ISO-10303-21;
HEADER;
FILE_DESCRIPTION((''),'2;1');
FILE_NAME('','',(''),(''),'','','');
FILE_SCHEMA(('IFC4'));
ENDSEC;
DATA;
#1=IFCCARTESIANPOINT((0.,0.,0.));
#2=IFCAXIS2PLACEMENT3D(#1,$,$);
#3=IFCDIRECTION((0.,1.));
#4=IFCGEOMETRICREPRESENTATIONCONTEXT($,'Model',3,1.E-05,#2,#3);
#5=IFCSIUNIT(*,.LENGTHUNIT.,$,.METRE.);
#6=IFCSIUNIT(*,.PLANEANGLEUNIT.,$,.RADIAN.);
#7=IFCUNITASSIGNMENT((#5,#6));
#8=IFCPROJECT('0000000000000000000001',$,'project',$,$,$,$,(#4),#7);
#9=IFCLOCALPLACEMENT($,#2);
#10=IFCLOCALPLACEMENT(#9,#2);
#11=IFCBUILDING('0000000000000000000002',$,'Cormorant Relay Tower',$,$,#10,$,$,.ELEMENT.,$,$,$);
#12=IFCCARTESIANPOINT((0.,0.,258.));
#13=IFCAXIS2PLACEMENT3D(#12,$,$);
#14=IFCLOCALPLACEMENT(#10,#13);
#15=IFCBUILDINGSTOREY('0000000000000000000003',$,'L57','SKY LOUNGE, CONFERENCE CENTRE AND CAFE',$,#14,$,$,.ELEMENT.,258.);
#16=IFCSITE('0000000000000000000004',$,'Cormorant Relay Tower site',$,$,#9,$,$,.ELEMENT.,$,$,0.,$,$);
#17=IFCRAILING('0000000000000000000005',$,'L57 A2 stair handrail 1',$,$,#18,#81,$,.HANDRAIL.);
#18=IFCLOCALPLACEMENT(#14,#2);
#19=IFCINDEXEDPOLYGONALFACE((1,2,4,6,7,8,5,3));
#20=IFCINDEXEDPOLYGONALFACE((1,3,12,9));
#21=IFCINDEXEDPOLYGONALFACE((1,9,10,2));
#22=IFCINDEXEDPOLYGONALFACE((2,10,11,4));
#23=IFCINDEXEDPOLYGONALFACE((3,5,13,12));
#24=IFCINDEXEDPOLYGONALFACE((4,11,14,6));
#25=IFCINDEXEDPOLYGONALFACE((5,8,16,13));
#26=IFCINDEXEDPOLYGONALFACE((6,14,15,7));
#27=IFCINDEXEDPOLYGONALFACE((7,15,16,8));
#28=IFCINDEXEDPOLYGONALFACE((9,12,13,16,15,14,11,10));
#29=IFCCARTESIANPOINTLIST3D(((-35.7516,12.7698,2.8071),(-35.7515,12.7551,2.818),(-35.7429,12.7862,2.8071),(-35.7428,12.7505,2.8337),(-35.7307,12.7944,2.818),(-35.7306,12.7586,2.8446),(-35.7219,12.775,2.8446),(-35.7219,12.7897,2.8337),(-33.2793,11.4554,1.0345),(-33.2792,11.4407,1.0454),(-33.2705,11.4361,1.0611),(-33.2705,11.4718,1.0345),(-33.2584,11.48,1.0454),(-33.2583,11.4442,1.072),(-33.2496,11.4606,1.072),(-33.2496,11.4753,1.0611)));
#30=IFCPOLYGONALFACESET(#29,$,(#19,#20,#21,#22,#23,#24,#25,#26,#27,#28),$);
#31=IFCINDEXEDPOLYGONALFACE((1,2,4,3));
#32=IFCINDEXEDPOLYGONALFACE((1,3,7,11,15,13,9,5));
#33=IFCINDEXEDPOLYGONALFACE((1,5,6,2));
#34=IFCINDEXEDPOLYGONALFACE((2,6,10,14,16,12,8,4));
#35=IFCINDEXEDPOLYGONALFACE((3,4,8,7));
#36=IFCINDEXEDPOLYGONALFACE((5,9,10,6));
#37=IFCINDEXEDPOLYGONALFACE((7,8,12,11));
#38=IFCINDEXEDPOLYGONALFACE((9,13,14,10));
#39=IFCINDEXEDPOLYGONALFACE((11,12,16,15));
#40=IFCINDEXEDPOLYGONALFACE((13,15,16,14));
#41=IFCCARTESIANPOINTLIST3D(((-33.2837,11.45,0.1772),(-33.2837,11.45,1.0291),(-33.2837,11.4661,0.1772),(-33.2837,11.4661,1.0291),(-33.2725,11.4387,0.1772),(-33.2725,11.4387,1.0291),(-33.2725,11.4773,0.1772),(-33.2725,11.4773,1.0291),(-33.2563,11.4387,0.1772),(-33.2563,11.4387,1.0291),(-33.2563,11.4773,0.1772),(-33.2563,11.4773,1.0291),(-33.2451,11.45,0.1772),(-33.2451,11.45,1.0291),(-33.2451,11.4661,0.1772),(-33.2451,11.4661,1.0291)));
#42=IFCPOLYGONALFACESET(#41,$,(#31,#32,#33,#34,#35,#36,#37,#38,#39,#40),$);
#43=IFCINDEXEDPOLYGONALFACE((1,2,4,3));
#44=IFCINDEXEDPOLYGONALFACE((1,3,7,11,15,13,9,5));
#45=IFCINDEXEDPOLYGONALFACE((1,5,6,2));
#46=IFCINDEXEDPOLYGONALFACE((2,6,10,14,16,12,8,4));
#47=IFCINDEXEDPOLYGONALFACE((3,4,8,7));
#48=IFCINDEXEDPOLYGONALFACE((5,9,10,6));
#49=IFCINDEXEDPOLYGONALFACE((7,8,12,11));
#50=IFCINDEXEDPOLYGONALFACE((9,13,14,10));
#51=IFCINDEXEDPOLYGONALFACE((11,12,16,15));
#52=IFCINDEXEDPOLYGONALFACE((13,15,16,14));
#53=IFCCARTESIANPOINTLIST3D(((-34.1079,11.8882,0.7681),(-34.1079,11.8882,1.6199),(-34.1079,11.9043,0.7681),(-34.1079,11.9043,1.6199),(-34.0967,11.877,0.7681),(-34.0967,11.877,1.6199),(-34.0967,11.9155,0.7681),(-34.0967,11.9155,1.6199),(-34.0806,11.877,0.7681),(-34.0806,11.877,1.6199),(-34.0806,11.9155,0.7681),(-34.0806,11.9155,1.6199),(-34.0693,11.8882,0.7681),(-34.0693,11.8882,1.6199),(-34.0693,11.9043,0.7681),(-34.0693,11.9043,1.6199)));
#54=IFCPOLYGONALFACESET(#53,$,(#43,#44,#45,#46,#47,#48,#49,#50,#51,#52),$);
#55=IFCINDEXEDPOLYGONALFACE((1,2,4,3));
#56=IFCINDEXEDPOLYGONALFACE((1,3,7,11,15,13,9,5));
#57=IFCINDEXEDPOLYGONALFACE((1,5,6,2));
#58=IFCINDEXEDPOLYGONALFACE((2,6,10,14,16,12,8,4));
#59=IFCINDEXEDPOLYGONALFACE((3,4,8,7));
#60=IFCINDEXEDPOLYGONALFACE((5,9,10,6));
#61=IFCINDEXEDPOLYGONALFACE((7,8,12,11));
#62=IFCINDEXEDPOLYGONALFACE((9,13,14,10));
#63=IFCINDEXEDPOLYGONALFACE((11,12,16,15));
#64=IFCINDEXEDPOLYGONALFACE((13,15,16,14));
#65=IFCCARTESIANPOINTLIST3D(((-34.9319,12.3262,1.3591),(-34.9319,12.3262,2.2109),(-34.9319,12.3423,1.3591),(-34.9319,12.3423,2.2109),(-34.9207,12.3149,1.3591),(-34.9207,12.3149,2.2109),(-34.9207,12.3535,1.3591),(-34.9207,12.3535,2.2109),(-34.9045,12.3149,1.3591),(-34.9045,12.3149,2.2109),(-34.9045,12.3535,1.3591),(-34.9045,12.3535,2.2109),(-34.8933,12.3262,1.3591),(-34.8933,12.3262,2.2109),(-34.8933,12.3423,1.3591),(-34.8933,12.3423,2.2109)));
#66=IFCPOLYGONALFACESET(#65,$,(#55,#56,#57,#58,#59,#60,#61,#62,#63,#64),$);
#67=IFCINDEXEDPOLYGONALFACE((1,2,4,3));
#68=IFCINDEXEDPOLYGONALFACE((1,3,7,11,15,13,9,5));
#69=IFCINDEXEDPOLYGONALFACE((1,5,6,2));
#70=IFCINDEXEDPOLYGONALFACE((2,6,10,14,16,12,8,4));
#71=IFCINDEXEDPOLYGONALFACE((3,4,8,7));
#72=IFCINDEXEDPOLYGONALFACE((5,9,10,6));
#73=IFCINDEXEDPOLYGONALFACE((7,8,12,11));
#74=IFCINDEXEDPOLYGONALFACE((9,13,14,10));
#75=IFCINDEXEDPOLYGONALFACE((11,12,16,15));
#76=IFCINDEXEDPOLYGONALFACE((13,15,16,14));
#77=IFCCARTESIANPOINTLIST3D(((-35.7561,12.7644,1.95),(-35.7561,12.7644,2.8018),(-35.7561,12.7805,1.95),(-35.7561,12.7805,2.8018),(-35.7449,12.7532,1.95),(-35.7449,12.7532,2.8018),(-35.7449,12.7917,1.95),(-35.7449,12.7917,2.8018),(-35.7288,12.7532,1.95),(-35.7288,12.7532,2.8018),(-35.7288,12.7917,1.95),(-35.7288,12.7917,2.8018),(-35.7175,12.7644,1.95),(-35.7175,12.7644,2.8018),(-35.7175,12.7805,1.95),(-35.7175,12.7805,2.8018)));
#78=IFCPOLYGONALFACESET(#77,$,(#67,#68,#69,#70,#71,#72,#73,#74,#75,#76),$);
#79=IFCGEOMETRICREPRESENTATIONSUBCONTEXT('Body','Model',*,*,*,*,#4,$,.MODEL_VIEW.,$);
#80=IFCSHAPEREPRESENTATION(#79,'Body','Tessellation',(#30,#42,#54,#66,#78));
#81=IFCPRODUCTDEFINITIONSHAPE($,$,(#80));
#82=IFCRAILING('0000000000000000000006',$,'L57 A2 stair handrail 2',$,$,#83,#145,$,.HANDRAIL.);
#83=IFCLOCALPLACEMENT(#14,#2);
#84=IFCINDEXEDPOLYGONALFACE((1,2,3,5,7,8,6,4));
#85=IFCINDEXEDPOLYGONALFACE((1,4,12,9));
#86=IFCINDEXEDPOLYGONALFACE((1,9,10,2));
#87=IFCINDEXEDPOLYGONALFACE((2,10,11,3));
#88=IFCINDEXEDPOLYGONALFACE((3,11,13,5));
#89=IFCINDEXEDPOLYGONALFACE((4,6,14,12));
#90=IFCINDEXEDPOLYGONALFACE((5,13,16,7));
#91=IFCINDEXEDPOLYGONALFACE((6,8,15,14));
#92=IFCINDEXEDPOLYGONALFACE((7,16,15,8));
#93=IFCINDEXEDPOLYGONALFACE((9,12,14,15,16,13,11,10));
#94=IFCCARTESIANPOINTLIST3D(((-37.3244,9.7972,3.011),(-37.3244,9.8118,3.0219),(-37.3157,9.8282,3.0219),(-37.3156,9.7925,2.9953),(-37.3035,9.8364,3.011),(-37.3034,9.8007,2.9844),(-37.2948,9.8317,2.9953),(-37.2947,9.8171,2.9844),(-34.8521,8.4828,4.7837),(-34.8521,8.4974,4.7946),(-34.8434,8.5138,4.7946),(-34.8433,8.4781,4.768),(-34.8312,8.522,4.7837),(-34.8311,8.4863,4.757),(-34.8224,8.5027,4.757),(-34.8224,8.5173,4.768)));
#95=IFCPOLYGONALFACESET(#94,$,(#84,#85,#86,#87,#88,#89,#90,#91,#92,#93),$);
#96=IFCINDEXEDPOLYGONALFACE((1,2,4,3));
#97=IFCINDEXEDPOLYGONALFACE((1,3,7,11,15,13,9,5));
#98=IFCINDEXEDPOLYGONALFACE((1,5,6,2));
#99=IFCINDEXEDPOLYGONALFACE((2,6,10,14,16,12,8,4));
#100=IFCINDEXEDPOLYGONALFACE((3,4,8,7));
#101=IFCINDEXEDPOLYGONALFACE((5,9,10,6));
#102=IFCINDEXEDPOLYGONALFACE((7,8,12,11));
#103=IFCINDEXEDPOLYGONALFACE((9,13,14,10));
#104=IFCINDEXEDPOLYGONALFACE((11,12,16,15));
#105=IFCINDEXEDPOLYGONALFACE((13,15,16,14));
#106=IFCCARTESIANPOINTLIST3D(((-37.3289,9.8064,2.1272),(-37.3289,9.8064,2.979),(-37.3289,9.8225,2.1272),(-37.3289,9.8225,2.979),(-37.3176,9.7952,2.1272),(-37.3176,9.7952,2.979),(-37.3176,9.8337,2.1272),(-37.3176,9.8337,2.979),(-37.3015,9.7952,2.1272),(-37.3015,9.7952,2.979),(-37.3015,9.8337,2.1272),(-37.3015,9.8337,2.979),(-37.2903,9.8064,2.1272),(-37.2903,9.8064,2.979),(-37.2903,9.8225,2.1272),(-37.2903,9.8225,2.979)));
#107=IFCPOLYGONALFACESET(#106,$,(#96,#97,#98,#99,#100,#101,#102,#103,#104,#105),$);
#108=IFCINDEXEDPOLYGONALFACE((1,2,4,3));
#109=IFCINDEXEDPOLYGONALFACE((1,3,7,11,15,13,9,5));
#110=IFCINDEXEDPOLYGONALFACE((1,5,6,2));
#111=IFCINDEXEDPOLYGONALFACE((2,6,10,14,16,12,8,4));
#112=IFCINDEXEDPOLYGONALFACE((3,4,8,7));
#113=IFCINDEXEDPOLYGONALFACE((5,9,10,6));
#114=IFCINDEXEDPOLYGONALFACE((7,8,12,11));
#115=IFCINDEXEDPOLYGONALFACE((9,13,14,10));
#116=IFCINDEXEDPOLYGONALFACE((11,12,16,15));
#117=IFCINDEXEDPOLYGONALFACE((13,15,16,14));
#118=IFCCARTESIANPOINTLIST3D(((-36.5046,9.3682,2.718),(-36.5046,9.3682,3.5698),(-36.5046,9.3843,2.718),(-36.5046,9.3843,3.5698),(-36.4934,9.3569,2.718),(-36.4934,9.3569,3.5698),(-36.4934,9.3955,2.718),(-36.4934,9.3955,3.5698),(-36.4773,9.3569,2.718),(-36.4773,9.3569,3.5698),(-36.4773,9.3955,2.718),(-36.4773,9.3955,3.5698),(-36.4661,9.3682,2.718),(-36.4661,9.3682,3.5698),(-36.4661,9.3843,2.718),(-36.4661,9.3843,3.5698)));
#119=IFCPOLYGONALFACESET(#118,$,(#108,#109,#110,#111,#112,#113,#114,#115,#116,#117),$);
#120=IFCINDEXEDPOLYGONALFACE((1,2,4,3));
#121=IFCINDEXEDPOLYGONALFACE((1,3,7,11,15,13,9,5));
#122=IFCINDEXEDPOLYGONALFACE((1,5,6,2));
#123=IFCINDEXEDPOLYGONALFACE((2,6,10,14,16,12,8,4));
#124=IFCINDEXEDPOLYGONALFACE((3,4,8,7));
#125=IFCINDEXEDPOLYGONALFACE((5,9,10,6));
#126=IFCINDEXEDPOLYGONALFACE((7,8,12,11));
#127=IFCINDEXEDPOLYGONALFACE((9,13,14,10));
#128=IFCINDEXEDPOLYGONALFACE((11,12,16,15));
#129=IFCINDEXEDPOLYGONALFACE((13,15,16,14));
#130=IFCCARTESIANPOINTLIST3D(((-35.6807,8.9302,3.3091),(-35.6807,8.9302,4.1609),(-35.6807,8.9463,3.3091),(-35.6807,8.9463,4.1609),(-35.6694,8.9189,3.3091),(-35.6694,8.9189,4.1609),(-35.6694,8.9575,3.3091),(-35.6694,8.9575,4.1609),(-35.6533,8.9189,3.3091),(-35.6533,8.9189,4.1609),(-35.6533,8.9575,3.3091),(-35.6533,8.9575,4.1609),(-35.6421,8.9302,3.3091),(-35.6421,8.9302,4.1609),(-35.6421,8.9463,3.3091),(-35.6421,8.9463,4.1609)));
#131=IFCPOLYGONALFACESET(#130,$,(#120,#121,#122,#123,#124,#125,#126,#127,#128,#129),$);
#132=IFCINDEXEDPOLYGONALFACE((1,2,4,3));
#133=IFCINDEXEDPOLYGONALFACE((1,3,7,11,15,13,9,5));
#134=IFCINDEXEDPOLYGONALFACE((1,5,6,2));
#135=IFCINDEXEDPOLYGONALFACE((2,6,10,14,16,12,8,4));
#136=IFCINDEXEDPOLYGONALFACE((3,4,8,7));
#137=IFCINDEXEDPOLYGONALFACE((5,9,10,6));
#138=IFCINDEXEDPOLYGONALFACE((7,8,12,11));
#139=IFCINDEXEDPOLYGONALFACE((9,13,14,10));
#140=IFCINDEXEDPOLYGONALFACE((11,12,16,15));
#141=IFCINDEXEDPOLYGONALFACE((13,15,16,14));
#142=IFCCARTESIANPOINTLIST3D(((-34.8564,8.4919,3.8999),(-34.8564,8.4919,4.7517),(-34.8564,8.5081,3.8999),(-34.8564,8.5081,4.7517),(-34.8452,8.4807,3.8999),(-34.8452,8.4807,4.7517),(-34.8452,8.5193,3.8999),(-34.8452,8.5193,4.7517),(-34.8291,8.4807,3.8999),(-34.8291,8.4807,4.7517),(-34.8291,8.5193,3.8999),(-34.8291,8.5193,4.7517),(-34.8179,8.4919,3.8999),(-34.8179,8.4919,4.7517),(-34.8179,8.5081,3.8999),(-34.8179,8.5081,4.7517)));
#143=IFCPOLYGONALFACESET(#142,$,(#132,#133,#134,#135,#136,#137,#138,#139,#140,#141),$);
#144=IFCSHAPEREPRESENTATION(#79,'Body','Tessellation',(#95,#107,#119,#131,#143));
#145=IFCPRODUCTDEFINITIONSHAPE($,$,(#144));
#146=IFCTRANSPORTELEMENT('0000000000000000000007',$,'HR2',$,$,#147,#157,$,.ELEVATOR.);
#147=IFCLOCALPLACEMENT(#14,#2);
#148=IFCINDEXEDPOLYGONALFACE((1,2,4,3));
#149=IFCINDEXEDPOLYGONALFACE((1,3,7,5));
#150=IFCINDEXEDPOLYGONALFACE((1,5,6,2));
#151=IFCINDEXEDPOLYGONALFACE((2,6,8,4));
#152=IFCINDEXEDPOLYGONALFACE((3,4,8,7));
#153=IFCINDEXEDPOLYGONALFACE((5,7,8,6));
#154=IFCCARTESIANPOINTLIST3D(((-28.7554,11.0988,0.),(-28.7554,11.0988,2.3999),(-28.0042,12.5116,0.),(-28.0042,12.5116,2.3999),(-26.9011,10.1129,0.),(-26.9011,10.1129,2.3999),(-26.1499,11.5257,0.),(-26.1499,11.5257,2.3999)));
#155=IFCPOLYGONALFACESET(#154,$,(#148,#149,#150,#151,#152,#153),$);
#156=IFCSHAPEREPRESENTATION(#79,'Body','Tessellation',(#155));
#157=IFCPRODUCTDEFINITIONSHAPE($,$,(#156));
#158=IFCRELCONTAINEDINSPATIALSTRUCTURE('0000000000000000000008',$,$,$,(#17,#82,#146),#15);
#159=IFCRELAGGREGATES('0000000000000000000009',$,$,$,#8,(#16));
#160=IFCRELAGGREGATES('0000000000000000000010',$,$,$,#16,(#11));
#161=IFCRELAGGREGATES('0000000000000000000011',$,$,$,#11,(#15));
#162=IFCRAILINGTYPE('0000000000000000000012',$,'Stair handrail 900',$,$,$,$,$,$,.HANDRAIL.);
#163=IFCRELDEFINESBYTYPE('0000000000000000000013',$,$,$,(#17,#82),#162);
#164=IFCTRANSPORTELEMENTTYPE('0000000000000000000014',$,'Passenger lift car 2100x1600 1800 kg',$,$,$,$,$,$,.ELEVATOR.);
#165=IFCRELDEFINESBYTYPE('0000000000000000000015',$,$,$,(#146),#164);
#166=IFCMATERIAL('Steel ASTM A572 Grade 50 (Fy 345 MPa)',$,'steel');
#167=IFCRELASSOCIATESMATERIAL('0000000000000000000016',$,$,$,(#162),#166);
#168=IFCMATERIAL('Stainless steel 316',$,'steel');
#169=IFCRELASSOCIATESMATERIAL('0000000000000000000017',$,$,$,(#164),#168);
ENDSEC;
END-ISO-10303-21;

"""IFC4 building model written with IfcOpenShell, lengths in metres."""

from ifc_helpers import new_model, si_unit, direction, frame, origin, origin_2d, place, context, subcontext, project, spatial, polyline, rectangle, outline, extrude, material, type_object, element, save


model = new_model("IFC4")

# Units and contexts
model_context = context("Model", 3, precision=1e-05, world=origin(), true_north=direction((0.0, 1.0)))
body_context = subcontext(model_context, "Body", "Model", "MODEL_VIEW")
ifc_project = project(units=[si_unit("LENGTHUNIT", "METRE"), si_unit("PLANEANGLEUNIT", "RADIAN")], contexts=[model_context])

# Site, building, storey
site_placement = place(None, origin())
site = spatial("IfcSite", under=ifc_project, at=site_placement, Name="Cormorant Relay Tower site", CompositionType="ELEMENT", RefElevation=0.0)
building_placement = place(site_placement, origin())
building = spatial("IfcBuilding", under=site, at=building_placement, Name="Cormorant Relay Tower", CompositionType="ELEMENT")
storey_placement = place(building_placement, frame((0.0, 0.0, 258.0)))
storey = spatial("IfcBuildingStorey", under=building, at=storey_placement, Name="L57", Description="SKY LOUNGE, CONFERENCE CENTRE AND CAFE", CompositionType="ELEMENT", Elevation=258.0)

# Railings
ifc_material_1 = material(Name="Steel ASTM A572 Grade 50 (Fy 345 MPa)", Category="steel")
railing_type_1 = type_object("IfcRailingType", Name="Stair handrail 900", PredefinedType="HANDRAIL", material=ifc_material_1)
railing_1_placement = place(storey_placement, frame((-33.2644, 11.458, 0.1772)))
element("IfcRailing", 1, at=railing_1_placement, inside=storey, type_object=railing_type_1, Name="L57 A2 stair handrail 1", PredefinedType="HANDRAIL", context=body_context, shape_type="SweptSolid", body=[
    extrude(outline(polyline([(0.0222, 0.0093), (0.0093, 0.0222), (-0.0093, 0.0222), (-0.0222, 0.0093), (-0.0222, -0.0093), (-0.0093, -0.0222), (0.0093, -0.0222), (0.0222, -0.0093), (0.0222, 0.0093)])), frame((0.0, 0.0, 0.876), z_axis=(-0.746034, 0.396627, 0.534902), x_axis=(-0.469429, -0.88297, 0.0)), (0.0, 0.0, 1.0), 3.314),
    extrude(outline(polyline([(0.0193, 0.0081), (0.0081, 0.0193), (-0.0081, 0.0193), (-0.0193, 0.0081), (-0.0193, -0.0081), (-0.0081, -0.0193), (0.0081, -0.0193), (0.0193, -0.0081), (0.0193, 0.0081)])), origin(), (0.0, 0.0, 1.0), 0.8518),
    extrude(outline(polyline([(0.0193, 0.0081), (0.0081, 0.0193), (-0.0081, 0.0193), (-0.0193, 0.0081), (-0.0193, -0.0081), (-0.0081, -0.0193), (0.0081, -0.0193), (0.0193, -0.0081), (0.0193, 0.0081)])), frame((-0.8242, 0.4382, 0.5908)), (0.0, 0.0, 1.0), 0.8518),
    extrude(outline(polyline([(0.0193, 0.0081), (0.0081, 0.0193), (-0.0081, 0.0193), (-0.0193, 0.0081), (-0.0193, -0.0081), (-0.0081, -0.0193), (0.0081, -0.0193), (0.0193, -0.0081), (0.0193, 0.0081)])), frame((-1.6482, 0.8762, 1.1819)), (0.0, 0.0, 1.0), 0.8518),
    extrude(outline(polyline([(0.0193, 0.0081), (0.0081, 0.0193), (-0.0081, 0.0193), (-0.0193, 0.0081), (-0.0193, -0.0081), (-0.0081, -0.0193), (0.0081, -0.0193), (0.0193, -0.0081), (0.0193, 0.0081)])), frame((-2.4724, 1.3145, 1.7727)), (0.0, 0.0, 1.0), 0.8518),
])
railing_2_placement = place(storey_placement, frame((-37.3096, 9.8145, 2.1272)))
element("IfcRailing", 2, at=railing_2_placement, inside=storey, type_object=railing_type_1, Name="L57 A2 stair handrail 2", PredefinedType="HANDRAIL", context=body_context, shape_type="SweptSolid", body=[
    extrude(outline(polyline([(0.0222, 0.0093), (0.0093, 0.0222), (-0.0093, 0.0222), (-0.0222, 0.0093), (-0.0222, -0.0093), (-0.0093, -0.0222), (0.0093, -0.0222), (0.0222, -0.0093), (0.0222, 0.0093)])), frame((0.0, 0.0, 0.876), z_axis=(0.746034, -0.396627, 0.534902), x_axis=(0.469429, 0.88297, 0.0)), (0.0, 0.0, 1.0), 3.314),
    extrude(outline(polyline([(0.0193, 0.0081), (0.0081, 0.0193), (-0.0081, 0.0193), (-0.0193, 0.0081), (-0.0193, -0.0081), (-0.0081, -0.0193), (0.0081, -0.0193), (0.0193, -0.0081), (0.0193, 0.0081)])), origin(), (0.0, 0.0, 1.0), 0.8518),
    extrude(outline(polyline([(0.0193, 0.0081), (0.0081, 0.0193), (-0.0081, 0.0193), (-0.0193, 0.0081), (-0.0193, -0.0081), (-0.0081, -0.0193), (0.0081, -0.0193), (0.0193, -0.0081), (0.0193, 0.0081)])), frame((0.8242, -0.4382, 0.5908)), (0.0, 0.0, 1.0), 0.8518),
    extrude(outline(polyline([(0.0193, 0.0081), (0.0081, 0.0193), (-0.0081, 0.0193), (-0.0193, 0.0081), (-0.0193, -0.0081), (-0.0081, -0.0193), (0.0081, -0.0193), (0.0193, -0.0081), (0.0193, 0.0081)])), frame((1.6482, -0.8762, 1.1819)), (0.0, 0.0, 1.0), 0.8518),
    extrude(outline(polyline([(0.0193, 0.0081), (0.0081, 0.0193), (-0.0081, 0.0193), (-0.0193, 0.0081), (-0.0193, -0.0081), (-0.0081, -0.0193), (0.0081, -0.0193), (0.0193, -0.0081), (0.0193, 0.0081)])), frame((2.4724, -1.3145, 1.7727)), (0.0, 0.0, 1.0), 0.8518),
])

# Transport element
ifc_material_2 = material(Name="Stainless steel 316", Category="steel")
transport_element_type = type_object("IfcTransportElementType", Name="Passenger lift car 2100x1600 1800 kg", PredefinedType="ELEVATOR", material=ifc_material_2)
transport_element_placement = place(storey_placement, frame((-27.4526, 11.3123, 0.0), z_axis=(0.0, 0.0, 1.0), x_axis=(-0.882948, 0.469472, 0.0)))
element("IfcTransportElement", 3, at=transport_element_placement, inside=storey, type_object=transport_element_type, Name="HR2", PredefinedType="ELEVATOR", context=body_context, shape_type="SweptSolid", body=[
    extrude(rectangle(XDim=2.1001, YDim=1.6001, at=origin_2d()), origin(), (0.0, 0.0, 1.0), 2.3999),
])

save(model, "model.ifc")
